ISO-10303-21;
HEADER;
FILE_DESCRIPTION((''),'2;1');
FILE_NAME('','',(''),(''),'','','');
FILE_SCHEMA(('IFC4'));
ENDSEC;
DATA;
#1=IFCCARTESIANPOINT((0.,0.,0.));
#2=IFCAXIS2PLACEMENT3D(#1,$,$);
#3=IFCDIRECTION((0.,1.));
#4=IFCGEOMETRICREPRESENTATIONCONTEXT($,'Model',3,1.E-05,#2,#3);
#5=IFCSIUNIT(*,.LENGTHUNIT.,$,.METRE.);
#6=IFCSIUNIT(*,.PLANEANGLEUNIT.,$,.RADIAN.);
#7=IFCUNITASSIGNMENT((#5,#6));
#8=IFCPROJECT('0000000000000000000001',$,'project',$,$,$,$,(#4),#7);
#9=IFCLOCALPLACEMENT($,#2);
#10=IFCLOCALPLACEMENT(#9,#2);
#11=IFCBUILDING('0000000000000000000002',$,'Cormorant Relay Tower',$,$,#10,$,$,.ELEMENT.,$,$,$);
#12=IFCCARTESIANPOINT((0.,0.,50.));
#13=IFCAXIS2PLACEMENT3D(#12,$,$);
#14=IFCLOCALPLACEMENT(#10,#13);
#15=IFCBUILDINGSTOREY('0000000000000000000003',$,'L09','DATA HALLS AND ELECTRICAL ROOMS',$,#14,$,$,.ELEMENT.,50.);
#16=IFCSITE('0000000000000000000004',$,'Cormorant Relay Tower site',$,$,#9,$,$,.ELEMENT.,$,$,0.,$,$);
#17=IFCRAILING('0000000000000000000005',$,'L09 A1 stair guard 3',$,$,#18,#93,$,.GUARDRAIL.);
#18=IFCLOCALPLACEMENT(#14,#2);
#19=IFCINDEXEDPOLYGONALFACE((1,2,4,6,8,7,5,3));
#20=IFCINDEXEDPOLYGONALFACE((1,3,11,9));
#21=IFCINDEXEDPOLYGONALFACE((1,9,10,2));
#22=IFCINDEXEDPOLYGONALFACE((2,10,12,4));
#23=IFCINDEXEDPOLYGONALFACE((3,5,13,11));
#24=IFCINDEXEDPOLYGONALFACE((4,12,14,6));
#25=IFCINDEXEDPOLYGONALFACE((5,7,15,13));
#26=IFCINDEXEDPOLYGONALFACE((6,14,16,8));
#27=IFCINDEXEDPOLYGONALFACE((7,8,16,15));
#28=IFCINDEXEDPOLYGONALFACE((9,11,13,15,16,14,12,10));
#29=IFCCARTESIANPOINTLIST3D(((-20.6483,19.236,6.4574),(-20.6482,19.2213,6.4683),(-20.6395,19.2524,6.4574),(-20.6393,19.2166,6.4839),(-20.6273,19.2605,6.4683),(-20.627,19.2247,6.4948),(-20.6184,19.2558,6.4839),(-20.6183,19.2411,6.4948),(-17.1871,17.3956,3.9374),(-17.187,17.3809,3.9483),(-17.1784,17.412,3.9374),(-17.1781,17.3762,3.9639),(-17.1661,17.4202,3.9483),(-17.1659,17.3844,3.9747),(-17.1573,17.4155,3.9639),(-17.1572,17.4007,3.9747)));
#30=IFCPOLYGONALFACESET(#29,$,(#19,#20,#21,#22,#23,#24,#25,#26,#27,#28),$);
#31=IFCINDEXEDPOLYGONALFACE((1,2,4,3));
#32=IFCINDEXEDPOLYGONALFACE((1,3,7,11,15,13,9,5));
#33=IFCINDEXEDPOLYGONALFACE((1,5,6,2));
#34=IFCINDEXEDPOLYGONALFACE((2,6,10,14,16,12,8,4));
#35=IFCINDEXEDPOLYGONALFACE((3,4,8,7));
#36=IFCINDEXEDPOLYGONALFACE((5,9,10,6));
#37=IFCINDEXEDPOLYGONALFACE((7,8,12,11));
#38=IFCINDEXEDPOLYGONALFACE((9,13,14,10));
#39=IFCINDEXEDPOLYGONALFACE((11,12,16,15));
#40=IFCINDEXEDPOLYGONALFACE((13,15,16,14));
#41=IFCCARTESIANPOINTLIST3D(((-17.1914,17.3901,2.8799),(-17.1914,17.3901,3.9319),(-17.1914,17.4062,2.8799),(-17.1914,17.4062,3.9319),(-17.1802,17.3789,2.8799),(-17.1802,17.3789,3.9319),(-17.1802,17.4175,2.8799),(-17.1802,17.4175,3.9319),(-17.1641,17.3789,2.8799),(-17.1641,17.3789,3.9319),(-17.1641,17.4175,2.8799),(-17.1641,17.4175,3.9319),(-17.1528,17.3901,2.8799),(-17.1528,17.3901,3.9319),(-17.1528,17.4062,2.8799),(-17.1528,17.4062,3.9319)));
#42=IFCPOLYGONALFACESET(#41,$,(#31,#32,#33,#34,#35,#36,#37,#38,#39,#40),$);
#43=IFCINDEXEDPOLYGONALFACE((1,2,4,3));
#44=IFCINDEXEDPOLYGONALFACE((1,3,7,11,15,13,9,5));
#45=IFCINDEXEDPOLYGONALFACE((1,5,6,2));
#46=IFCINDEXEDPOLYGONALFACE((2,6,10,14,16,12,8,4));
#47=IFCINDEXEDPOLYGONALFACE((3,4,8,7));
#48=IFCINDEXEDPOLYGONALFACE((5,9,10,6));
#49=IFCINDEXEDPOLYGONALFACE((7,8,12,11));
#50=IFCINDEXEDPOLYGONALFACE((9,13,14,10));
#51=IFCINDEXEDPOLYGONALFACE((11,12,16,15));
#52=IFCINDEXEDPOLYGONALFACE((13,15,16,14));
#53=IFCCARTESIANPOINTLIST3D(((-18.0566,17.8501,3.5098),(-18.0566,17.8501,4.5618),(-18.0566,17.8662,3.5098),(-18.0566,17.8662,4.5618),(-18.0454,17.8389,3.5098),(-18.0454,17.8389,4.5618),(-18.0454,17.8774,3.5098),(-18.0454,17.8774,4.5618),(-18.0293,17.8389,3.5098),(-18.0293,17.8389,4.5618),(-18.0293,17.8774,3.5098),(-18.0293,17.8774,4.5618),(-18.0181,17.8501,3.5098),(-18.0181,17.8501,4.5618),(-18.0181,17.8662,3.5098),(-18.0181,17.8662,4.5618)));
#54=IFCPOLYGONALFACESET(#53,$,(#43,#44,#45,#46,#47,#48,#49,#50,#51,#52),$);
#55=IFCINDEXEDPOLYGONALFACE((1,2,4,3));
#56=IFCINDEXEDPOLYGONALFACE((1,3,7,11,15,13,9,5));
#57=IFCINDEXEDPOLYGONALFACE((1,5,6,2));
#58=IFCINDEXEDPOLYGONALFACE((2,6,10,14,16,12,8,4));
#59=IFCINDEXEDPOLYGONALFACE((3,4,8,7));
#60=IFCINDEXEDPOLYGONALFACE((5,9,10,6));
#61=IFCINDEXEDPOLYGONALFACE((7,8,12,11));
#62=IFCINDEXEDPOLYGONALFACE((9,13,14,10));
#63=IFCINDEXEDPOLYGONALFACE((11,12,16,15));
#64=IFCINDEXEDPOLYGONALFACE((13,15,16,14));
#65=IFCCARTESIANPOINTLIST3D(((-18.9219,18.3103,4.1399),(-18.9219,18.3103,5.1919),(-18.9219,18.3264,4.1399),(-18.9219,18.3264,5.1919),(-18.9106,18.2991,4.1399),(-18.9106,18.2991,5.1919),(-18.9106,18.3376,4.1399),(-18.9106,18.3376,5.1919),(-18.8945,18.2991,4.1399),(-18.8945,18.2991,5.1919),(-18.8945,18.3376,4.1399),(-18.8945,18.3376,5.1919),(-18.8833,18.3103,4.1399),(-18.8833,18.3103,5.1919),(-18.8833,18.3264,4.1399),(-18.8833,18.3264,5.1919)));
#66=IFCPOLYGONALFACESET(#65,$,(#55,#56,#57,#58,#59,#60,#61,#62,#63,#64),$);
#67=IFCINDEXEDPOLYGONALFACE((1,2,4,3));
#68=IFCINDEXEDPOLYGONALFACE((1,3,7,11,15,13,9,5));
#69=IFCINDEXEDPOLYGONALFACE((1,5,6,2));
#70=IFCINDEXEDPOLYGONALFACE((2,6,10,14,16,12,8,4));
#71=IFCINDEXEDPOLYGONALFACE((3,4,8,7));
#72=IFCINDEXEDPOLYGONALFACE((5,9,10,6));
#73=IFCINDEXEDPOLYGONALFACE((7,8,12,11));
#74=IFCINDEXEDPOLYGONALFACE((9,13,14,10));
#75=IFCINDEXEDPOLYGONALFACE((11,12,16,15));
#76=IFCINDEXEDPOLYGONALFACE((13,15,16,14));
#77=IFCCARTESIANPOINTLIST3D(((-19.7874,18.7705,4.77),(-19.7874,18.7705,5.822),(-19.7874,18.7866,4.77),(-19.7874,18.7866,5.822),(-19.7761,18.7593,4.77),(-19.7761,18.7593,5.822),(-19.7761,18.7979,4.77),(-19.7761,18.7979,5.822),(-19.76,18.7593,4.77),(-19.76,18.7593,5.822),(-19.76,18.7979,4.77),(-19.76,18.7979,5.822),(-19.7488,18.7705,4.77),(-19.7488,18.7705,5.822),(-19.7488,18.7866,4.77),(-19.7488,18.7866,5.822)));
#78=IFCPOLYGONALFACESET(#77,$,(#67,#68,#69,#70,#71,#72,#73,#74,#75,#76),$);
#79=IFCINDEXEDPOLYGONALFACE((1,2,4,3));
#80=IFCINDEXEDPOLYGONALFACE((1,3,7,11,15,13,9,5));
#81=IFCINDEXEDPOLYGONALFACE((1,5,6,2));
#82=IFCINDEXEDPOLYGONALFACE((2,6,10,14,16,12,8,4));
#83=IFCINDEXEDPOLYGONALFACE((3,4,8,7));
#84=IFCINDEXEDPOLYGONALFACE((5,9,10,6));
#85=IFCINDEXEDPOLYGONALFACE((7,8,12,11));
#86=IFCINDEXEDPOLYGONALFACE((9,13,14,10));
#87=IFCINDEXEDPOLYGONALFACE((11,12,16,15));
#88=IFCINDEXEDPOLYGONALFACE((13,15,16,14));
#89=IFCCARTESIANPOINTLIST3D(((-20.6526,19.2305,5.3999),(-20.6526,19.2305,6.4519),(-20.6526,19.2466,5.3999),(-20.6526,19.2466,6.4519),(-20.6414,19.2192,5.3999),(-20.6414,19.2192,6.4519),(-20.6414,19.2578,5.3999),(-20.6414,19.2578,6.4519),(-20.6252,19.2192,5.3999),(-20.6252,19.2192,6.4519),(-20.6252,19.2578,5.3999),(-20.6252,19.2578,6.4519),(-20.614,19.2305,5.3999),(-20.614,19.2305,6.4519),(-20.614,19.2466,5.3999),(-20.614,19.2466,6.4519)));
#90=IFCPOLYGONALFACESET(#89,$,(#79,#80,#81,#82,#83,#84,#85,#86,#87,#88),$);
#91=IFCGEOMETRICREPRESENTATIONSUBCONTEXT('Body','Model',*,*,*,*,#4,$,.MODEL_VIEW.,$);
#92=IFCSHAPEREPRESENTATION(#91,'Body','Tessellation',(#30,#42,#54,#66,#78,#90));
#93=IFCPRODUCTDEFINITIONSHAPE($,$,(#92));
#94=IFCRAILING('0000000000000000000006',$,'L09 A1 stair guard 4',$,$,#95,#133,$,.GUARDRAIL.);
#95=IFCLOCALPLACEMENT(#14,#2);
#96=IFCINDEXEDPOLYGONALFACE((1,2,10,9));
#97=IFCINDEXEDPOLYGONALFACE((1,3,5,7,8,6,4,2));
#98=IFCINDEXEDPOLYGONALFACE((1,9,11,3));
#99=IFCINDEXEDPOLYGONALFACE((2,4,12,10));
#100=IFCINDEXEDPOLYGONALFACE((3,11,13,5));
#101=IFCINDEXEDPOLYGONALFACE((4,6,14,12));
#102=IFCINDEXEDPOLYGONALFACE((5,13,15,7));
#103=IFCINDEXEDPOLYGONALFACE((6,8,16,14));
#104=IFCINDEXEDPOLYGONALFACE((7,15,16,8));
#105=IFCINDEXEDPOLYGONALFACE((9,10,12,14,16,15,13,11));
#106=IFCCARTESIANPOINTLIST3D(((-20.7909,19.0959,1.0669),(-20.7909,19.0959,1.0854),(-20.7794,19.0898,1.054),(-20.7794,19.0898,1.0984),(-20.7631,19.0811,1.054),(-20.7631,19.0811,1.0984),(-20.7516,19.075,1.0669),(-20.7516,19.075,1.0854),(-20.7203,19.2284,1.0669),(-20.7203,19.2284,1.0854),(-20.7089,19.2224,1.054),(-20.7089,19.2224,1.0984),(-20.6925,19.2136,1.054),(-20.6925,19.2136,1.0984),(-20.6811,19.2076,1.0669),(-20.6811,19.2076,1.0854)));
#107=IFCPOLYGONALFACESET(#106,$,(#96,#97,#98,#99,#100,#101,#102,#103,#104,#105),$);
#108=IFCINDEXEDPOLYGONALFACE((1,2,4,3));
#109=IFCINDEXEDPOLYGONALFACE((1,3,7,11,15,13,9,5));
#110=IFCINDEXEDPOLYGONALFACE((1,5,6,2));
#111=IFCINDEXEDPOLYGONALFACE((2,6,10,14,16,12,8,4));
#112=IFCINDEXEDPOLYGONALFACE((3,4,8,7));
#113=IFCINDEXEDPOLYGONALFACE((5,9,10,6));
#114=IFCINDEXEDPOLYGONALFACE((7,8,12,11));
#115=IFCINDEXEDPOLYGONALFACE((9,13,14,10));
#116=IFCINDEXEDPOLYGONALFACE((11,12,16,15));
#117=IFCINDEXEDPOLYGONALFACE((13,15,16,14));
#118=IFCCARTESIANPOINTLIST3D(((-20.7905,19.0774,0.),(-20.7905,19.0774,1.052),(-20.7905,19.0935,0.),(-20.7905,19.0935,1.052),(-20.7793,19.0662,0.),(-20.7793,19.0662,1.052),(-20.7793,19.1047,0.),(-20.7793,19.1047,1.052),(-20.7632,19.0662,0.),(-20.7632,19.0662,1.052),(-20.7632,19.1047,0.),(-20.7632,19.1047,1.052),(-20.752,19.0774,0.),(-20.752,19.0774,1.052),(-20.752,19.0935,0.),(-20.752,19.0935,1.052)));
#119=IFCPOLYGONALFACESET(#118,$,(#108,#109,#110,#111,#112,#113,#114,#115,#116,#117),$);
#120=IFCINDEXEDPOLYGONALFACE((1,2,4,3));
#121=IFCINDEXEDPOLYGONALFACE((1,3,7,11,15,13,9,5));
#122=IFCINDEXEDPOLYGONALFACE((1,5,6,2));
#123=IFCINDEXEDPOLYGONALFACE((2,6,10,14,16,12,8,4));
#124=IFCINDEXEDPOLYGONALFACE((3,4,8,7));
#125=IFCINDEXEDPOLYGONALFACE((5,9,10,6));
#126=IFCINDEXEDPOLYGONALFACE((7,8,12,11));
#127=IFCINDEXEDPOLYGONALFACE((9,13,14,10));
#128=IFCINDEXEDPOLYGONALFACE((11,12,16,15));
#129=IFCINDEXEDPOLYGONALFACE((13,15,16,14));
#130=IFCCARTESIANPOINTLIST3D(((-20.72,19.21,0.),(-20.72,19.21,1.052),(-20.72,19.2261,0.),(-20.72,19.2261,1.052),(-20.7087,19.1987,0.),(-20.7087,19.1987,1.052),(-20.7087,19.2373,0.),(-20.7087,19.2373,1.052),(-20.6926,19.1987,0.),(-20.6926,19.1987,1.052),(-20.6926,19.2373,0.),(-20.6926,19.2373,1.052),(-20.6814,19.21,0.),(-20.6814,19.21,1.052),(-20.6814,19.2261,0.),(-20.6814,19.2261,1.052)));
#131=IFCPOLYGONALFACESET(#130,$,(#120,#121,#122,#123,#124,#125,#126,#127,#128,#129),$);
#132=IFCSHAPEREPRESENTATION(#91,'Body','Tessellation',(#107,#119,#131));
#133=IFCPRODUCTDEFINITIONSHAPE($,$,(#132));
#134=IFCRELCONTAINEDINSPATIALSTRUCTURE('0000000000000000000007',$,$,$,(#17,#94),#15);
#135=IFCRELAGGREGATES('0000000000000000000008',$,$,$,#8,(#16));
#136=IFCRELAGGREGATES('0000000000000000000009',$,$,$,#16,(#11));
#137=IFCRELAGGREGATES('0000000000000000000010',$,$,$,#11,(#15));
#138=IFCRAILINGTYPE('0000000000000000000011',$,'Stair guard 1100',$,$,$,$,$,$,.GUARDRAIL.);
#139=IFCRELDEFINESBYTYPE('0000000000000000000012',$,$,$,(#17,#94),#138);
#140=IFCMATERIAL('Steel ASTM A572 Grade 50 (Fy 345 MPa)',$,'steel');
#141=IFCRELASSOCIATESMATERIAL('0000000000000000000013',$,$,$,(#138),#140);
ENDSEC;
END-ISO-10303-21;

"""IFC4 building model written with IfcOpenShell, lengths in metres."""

from ifc_helpers import new_model, si_unit, direction, frame, origin, place, context, subcontext, project, spatial, polyline, outline, extrude, material, type_object, element, save


model = new_model("IFC4")

# Units and contexts
model_context = context("Model", 3, precision=1e-05, world=origin(), true_north=direction((0.0, 1.0)))
body_context = subcontext(model_context, "Body", "Model", "MODEL_VIEW")
ifc_project = project(units=[si_unit("LENGTHUNIT", "METRE"), si_unit("PLANEANGLEUNIT", "RADIAN")], contexts=[model_context])

# Site, building, storey
site_placement = place(None, origin())
site = spatial("IfcSite", under=ifc_project, at=site_placement, Name="Cormorant Relay Tower site", CompositionType="ELEMENT", RefElevation=0.0)
building_placement = place(site_placement, origin())
building = spatial("IfcBuilding", under=site, at=building_placement, Name="Cormorant Relay Tower", CompositionType="ELEMENT")
storey_placement = place(building_placement, frame((0.0, 0.0, 50.0)))
storey = spatial("IfcBuildingStorey", under=building, at=storey_placement, Name="L09", Description="DATA HALLS AND ELECTRICAL ROOMS", CompositionType="ELEMENT", Elevation=50.0)

# Railings
ifc_material_1 = material(Name="Steel ASTM A572 Grade 50 (Fy 345 MPa)", Category="steel")
railing_type_1 = type_object("IfcRailingType", Name="Stair guard 1100", PredefinedType="GUARDRAIL", material=ifc_material_1)
railing_1_placement = place(storey_placement, frame((-17.1721, 17.3982, 2.8799)))
element("IfcRailing", 1, at=railing_1_placement, inside=storey, type_object=railing_type_1, Name="L09 A1 stair guard 3", PredefinedType="GUARDRAIL", context=body_context, shape_type="SweptSolid", body=[
    extrude(outline(polyline([(0.0222, 0.0093), (0.0093, 0.0222), (-0.0093, 0.0222), (-0.0222, 0.0093), (-0.0222, -0.0093), (-0.0093, -0.0222), (0.0093, -0.0222), (0.0222, -0.0093), (0.0222, 0.0093)])), frame((0.0, 0.0, 1.0762), z_axis=(-0.742717, 0.394907, 0.540758), x_axis=(-0.469469, -0.882949, 0.0)), (0.0, 0.0, 1.0), 4.6602),
    extrude(outline(polyline([(0.0193, 0.0081), (0.0081, 0.0193), (-0.0081, 0.0193), (-0.0193, 0.0081), (-0.0193, -0.0081), (-0.0081, -0.0193), (0.0081, -0.0193), (0.0193, -0.0081), (0.0193, 0.0081)])), origin(), (0.0, 0.0, 1.0), 1.052),
    extrude(outline(polyline([(0.0193, 0.0081), (0.0081, 0.0193), (-0.0081, 0.0193), (-0.0193, 0.0081), (-0.0193, -0.0081), (-0.0081, -0.0193), (0.0081, -0.0193), (0.0193, -0.0081), (0.0193, 0.0081)])), frame((-0.8652, 0.46, 0.6299)), (0.0, 0.0, 1.0), 1.052),
    extrude(outline(polyline([(0.0193, 0.0081), (0.0081, 0.0193), (-0.0081, 0.0193), (-0.0193, 0.0081), (-0.0193, -0.0081), (-0.0081, -0.0193), (0.0081, -0.0193), (0.0193, -0.0081), (0.0193, 0.0081)])), frame((-1.7305, 0.9202, 1.26)), (0.0, 0.0, 1.0), 1.052),
    extrude(outline(polyline([(0.0193, 0.0081), (0.0081, 0.0193), (-0.0081, 0.0193), (-0.0193, 0.0081), (-0.0193, -0.0081), (-0.0081, -0.0193), (0.0081, -0.0193), (0.0193, -0.0081), (0.0193, 0.0081)])), frame((-2.5959, 1.3804, 1.8901)), (0.0, 0.0, 1.0), 1.052),
    extrude(outline(polyline([(0.0193, 0.0081), (0.0081, 0.0193), (-0.0081, 0.0193), (-0.0193, 0.0081), (-0.0193, -0.0081), (-0.0081, -0.0193), (0.0081, -0.0193), (0.0193, -0.0081), (0.0193, 0.0081)])), frame((-3.4612, 1.8403, 2.52)), (0.0, 0.0, 1.0), 1.052),
])
railing_2_placement = place(storey_placement, frame((-20.7712, 19.0854, 0.0)))
element("IfcRailing", 2, at=railing_2_placement, inside=storey, type_object=railing_type_1, Name="L09 A1 stair guard 4", PredefinedType="GUARDRAIL", context=body_context, shape_type="SweptSolid", body=[
    extrude(outline(polyline([(0.0222, 0.0093), (0.0093, 0.0222), (-0.0093, 0.0222), (-0.0222, 0.0093), (-0.0222, -0.0093), (-0.0093, -0.0222), (0.0093, -0.0222), (0.0222, -0.0093), (0.0222, 0.0093)])), frame((0.0, 0.0, 1.0762), z_axis=(0.469829, 0.882758, 0.0), x_axis=(-0.882758, 0.469829, 0.0)), (0.0, 0.0, 1.0), 0.1501),
    extrude(outline(polyline([(0.0193, 0.0081), (0.0081, 0.0193), (-0.0081, 0.0193), (-0.0193, 0.0081), (-0.0193, -0.0081), (-0.0081, -0.0193), (0.0081, -0.0193), (0.0193, -0.0081), (0.0193, 0.0081)])), origin(), (0.0, 0.0, 1.0), 1.052),
    extrude(outline(polyline([(0.0193, 0.0081), (0.0081, 0.0193), (-0.0081, 0.0193), (-0.0193, 0.0081), (-0.0193, -0.0081), (-0.0081, -0.0193), (0.0081, -0.0193), (0.0193, -0.0081), (0.0193, 0.0081)])), frame((0.0706, 0.1326, 0.0)), (0.0, 0.0, 1.0), 1.052),
])

save(model, "model.ifc")
